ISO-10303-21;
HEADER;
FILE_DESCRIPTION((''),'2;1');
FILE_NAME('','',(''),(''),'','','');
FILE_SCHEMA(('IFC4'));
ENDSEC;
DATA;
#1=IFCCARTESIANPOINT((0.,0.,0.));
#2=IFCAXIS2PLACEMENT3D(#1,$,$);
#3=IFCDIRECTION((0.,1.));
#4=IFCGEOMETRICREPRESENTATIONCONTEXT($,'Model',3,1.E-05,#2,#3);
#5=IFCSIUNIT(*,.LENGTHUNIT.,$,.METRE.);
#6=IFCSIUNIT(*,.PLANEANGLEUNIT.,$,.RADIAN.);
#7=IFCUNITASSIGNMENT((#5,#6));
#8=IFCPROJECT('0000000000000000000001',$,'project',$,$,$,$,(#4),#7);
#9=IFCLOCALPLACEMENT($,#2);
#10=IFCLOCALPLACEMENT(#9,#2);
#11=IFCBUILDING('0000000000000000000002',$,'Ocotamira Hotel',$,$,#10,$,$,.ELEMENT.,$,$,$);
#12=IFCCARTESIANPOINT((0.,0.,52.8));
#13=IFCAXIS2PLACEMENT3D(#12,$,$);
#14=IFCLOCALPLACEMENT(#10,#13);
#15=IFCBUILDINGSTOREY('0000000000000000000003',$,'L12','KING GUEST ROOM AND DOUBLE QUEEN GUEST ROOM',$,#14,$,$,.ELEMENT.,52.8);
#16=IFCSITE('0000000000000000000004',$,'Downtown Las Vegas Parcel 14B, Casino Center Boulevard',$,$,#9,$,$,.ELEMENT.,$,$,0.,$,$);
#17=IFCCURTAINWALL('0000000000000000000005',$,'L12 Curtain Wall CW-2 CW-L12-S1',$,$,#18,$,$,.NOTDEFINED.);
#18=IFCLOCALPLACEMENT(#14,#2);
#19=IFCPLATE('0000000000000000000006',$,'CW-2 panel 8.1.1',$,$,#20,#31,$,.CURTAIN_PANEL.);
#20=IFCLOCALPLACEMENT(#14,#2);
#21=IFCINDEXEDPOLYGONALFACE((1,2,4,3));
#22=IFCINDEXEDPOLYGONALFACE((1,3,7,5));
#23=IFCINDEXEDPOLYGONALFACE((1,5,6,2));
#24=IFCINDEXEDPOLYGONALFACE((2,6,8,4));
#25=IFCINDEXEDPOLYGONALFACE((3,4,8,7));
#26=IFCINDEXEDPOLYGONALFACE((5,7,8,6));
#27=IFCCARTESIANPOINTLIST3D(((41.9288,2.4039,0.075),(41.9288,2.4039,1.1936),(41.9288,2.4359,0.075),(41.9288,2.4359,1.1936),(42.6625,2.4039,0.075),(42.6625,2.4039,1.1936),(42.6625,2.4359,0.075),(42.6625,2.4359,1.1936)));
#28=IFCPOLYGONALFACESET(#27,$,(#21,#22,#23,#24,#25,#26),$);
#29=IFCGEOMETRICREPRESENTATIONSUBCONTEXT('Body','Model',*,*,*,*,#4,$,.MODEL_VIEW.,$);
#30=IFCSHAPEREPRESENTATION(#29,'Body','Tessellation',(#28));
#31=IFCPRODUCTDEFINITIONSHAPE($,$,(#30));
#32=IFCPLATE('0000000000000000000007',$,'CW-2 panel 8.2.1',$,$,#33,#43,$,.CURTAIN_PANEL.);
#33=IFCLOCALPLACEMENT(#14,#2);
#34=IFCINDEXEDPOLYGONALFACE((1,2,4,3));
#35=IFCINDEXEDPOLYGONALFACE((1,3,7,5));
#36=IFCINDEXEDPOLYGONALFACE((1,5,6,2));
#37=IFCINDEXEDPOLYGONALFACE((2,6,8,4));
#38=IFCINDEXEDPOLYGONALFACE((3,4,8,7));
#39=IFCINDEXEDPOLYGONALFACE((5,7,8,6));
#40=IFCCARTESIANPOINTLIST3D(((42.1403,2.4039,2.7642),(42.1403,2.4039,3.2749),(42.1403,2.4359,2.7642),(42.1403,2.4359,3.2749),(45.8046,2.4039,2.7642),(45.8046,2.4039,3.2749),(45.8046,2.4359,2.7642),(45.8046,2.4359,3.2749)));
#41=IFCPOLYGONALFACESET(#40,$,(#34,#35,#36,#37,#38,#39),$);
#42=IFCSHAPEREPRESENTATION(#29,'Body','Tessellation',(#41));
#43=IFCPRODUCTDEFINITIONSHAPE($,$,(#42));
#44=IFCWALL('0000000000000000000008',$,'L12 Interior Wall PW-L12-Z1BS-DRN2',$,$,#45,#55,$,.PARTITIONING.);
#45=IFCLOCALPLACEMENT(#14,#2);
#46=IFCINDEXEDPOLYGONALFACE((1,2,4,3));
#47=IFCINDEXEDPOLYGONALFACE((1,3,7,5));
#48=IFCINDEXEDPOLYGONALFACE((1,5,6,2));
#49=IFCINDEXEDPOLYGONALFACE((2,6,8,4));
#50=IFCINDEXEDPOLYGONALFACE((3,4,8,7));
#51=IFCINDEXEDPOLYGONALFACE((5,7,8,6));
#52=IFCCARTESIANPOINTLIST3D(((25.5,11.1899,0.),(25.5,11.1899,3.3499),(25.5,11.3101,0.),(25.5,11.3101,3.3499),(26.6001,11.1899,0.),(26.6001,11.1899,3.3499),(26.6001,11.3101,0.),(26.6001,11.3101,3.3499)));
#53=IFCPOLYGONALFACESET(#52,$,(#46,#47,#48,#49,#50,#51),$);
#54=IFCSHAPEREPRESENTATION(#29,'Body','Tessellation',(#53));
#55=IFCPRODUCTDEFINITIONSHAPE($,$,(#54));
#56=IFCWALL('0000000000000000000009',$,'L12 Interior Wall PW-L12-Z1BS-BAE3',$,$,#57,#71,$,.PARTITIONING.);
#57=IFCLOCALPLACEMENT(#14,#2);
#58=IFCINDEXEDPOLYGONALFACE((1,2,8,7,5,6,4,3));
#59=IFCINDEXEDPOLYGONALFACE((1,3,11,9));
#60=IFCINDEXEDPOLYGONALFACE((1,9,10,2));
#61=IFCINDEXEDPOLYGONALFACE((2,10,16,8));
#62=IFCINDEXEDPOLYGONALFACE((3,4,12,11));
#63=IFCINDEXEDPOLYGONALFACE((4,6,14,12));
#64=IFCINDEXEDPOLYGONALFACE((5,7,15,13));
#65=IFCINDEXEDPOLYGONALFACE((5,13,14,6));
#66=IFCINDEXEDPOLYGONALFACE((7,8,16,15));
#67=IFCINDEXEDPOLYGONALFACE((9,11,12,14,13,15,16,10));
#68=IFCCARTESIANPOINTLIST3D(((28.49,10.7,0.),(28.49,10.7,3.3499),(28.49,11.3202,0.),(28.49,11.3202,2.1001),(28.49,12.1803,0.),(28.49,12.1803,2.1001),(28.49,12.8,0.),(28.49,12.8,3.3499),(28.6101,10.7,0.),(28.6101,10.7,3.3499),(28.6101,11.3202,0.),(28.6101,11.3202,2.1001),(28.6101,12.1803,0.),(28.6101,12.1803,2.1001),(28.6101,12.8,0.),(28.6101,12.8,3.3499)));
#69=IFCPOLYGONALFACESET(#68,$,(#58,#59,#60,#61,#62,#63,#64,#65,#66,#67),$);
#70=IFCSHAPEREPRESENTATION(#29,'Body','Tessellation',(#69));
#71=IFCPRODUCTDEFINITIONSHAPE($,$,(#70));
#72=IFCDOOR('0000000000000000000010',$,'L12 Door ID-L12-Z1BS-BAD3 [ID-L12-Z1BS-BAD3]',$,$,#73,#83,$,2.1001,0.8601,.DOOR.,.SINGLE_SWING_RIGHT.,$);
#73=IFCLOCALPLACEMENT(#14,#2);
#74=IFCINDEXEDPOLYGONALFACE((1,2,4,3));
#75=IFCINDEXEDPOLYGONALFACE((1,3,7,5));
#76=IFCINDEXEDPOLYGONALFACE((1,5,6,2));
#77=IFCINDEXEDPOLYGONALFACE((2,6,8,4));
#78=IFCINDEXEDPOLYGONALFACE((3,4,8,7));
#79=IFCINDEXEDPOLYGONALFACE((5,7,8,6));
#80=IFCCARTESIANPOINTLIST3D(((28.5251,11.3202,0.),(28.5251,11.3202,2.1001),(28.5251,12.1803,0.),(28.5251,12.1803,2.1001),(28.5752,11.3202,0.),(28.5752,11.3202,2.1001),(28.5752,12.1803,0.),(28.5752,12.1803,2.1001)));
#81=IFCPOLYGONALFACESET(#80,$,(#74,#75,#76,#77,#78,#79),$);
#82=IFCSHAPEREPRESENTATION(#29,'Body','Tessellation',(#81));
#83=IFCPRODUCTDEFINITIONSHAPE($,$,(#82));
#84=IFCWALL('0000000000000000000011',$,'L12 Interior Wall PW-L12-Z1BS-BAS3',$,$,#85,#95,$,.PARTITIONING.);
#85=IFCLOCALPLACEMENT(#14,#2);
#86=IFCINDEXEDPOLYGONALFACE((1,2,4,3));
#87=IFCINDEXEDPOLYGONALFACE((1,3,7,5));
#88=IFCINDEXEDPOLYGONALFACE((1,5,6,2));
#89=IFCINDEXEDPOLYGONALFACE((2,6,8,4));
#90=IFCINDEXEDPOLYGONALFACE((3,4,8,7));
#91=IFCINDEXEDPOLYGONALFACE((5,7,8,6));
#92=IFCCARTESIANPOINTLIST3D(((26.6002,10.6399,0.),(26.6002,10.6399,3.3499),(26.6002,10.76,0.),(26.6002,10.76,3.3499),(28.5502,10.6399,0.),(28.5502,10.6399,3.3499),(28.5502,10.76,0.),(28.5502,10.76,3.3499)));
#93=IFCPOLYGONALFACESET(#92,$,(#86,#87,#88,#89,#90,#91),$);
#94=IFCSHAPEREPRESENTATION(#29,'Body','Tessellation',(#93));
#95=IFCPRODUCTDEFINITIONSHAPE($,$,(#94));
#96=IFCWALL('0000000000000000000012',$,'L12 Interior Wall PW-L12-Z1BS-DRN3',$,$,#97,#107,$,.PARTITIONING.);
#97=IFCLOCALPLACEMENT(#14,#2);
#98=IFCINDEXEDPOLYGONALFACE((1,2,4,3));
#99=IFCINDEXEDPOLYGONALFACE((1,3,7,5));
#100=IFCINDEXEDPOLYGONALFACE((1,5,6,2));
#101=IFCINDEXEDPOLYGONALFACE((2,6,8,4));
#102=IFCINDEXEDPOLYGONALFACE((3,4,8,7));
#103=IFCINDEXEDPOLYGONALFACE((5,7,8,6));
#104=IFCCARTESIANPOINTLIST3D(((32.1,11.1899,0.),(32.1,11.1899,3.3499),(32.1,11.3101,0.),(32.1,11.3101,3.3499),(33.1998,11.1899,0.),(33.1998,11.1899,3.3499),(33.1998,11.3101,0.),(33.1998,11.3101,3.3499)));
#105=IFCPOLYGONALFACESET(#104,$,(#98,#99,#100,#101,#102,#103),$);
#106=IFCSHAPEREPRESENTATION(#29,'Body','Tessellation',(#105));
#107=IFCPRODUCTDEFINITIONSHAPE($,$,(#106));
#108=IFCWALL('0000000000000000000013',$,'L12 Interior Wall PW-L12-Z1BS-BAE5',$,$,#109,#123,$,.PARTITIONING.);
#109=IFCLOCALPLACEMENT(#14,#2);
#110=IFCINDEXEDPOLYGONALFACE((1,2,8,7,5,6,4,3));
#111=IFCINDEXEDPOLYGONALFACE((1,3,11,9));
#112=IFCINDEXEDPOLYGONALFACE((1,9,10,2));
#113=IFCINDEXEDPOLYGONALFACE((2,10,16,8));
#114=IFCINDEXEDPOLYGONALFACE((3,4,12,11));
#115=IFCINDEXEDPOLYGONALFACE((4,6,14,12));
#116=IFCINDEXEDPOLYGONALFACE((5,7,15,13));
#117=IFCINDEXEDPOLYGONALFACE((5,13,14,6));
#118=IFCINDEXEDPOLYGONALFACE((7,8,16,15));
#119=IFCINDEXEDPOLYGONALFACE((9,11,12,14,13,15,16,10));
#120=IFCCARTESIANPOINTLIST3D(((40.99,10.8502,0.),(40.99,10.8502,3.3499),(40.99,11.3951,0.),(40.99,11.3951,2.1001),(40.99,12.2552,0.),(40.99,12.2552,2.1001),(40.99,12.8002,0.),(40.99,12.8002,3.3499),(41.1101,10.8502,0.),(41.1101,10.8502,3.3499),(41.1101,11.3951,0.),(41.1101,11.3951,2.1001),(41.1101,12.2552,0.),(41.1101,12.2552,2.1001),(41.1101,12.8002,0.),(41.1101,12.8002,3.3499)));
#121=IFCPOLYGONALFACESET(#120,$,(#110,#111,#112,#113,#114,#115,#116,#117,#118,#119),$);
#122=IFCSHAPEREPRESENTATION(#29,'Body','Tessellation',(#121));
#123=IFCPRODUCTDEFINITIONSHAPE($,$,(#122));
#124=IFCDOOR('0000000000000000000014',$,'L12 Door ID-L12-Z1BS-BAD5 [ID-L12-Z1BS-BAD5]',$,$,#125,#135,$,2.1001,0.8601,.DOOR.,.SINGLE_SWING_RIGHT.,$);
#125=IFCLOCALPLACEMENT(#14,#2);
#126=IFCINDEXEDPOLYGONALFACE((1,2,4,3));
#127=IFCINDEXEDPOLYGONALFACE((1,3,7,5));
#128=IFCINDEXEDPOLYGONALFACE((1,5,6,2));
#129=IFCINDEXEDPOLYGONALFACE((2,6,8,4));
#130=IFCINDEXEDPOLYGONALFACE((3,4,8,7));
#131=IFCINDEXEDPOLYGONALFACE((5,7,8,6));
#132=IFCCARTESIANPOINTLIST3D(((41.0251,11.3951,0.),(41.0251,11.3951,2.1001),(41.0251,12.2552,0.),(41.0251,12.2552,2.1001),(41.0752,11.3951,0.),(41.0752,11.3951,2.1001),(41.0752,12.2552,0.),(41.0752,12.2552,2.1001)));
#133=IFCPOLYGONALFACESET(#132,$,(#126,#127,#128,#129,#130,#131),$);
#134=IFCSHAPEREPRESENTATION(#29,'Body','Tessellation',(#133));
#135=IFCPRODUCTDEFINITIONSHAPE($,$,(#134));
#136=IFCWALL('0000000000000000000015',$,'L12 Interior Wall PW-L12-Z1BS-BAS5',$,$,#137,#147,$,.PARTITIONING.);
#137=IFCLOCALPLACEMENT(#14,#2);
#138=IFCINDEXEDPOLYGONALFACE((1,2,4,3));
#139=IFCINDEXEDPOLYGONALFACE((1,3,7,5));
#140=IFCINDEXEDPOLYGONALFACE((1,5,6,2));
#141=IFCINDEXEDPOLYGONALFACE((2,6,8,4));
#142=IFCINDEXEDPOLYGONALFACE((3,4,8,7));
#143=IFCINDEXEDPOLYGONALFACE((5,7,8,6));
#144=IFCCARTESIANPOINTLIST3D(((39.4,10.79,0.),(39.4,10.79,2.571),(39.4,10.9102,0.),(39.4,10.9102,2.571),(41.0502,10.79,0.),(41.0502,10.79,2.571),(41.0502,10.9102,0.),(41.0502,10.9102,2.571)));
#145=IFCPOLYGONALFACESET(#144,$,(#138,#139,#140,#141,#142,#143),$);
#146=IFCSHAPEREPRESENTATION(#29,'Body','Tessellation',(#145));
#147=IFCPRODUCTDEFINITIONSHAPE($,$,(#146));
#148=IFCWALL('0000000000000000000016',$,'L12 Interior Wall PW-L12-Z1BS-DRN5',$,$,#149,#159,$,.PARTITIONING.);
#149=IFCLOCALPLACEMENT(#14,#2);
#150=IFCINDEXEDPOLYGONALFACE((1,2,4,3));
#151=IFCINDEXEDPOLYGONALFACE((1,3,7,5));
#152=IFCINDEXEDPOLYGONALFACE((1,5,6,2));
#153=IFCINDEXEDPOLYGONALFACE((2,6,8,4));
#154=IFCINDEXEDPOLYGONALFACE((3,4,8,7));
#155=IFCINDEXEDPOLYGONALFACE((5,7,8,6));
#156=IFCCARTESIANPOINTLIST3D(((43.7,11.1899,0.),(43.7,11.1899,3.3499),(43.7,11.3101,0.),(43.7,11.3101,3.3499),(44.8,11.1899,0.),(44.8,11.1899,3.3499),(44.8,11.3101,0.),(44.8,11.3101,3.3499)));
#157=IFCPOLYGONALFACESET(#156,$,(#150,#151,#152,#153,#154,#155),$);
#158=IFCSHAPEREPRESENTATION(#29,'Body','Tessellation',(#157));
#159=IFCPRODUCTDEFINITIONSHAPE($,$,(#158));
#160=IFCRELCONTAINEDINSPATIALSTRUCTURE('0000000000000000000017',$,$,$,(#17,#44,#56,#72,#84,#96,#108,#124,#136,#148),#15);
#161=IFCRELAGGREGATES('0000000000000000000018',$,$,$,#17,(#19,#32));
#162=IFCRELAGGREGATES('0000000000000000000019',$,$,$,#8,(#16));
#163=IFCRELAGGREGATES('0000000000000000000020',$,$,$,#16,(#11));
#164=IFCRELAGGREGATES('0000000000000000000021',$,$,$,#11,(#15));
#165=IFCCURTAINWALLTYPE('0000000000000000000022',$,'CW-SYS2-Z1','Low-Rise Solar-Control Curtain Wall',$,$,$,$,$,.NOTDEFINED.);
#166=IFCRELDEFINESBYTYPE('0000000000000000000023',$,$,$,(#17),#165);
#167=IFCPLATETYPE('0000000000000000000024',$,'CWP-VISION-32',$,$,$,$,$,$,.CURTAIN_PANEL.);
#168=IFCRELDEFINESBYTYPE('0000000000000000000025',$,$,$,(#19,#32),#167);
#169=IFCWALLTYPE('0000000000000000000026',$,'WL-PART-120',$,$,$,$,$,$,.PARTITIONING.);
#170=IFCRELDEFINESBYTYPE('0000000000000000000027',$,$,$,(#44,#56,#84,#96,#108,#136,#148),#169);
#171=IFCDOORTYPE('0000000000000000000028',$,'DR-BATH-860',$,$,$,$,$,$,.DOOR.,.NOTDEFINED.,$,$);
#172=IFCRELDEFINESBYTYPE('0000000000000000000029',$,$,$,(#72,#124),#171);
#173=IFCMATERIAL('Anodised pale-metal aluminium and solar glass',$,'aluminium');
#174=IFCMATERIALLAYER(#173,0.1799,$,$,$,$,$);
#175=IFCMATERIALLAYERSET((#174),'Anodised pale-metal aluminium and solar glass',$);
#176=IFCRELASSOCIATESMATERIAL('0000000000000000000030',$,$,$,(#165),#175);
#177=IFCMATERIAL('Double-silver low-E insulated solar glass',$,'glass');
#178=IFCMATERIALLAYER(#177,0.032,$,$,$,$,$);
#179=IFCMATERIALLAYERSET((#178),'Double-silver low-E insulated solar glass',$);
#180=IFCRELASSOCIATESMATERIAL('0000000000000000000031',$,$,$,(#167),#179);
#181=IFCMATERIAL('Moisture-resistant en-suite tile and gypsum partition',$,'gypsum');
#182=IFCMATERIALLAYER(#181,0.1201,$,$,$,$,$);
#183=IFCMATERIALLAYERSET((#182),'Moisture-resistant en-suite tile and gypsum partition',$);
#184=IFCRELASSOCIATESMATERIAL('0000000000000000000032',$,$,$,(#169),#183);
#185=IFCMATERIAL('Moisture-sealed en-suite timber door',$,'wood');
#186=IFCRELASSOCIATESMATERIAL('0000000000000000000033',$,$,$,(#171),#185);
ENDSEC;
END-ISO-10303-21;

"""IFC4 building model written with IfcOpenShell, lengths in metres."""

from ifc_helpers import new_model, si_unit, direction, frame, frame_2d, origin, origin_2d, place, context, subcontext, project, spatial, rectangle, extrude, source, transform, mapped, material, layer, layer_set, type_object, element, fill, aggregate, save


model = new_model("IFC4")

# Units and contexts
model_context = context("Model", 3, precision=1e-05, world=origin(), true_north=direction((0.0, 1.0)))
body_context = subcontext(model_context, "Body", "Model", "MODEL_VIEW")
ifc_project = project(units=[si_unit("LENGTHUNIT", "METRE"), si_unit("PLANEANGLEUNIT", "RADIAN")], contexts=[model_context])

# Site, building, storey
site_placement = place(None, origin())
site = spatial("IfcSite", under=ifc_project, at=site_placement, Name="Downtown Las Vegas Parcel 14B, Casino Center Boulevard", CompositionType="ELEMENT", RefElevation=0.0)
building_placement = place(site_placement, origin())
building = spatial("IfcBuilding", under=site, at=building_placement, Name="Ocotamira Hotel", CompositionType="ELEMENT")
storey_placement = place(building_placement, frame((0.0, 0.0, 52.8)))
storey = spatial("IfcBuildingStorey", under=building, at=storey_placement, Name="L12", Description="KING GUEST ROOM AND DOUBLE QUEEN GUEST ROOM", CompositionType="ELEMENT", Elevation=52.8)

# Curtain wall, plates
ifc_material_1 = material(Name="Anodised pale-metal aluminium and solar glass", Category="aluminium")
ifc_layer_1 = layer(ifc_material_1, 0.1799)
ifc_layer_set_1 = layer_set([ifc_layer_1], Name="Anodised pale-metal aluminium and solar glass")
curtain_wall_type = type_object("IfcCurtainWallType", Name="CW-SYS2-Z1", Description="Low-Rise Solar-Control Curtain Wall", PredefinedType="NOTDEFINED", material=ifc_layer_set_1)
curtain_wall_placement = place(storey_placement, origin())
curtain_wall = element("IfcCurtainWall", 1, at=curtain_wall_placement, inside=storey, type_object=curtain_wall_type, Name="L12 Curtain Wall CW-2 CW-L12-S1", PredefinedType="NOTDEFINED")
ifc_material_2 = material(Name="Double-silver low-E insulated solar glass", Category="glass")
ifc_layer_2 = layer(ifc_material_2, 0.032)
ifc_layer_set_2 = layer_set([ifc_layer_2], Name="Double-silver low-E insulated solar glass")
plate_type = type_object("IfcPlateType", Name="CWP-VISION-32", PredefinedType="CURTAIN_PANEL", material=ifc_layer_set_2)
shared_shape_1 = source(origin(), body_context, "Body", "SweptSolid", [
    extrude(rectangle(XDim=0.7336, YDim=0.032, at=origin_2d()), origin(), (0.0, 0.0, 1.0), 1.1187),
])
plate_1_placement = place(storey_placement, frame((42.2957, 2.4199, 0.075), z_axis=(0.0, 0.0, 1.0), x_axis=(1.0, 0.0, 0.0)))
plate_1 = element("IfcPlate", 2, at=plate_1_placement, type_object=plate_type, Name="CW-2 panel 8.1.1", PredefinedType="CURTAIN_PANEL", context=body_context, shape_type="MappedRepresentation", body=[
    mapped(shared_shape_1, transform((0.0, 0.0, 0.0), scale=1.0)),
])
shared_shape_2 = source(origin(), body_context, "Body", "SweptSolid", [
    extrude(rectangle(XDim=3.6643, YDim=0.032, at=origin_2d()), origin(), (0.0, 0.0, 1.0), 0.5107),
])
plate_2_placement = place(storey_placement, frame((43.9724, 2.4199, 2.7642), z_axis=(0.0, 0.0, 1.0), x_axis=(1.0, 0.0, 0.0)))
plate_2 = element("IfcPlate", 3, at=plate_2_placement, type_object=plate_type, Name="CW-2 panel 8.2.1", PredefinedType="CURTAIN_PANEL", context=body_context, shape_type="MappedRepresentation", body=[
    mapped(shared_shape_2, transform((0.0, 0.0, 0.0), scale=1.0)),
])
aggregate(curtain_wall, [plate_1, plate_2])

# Wall
ifc_material_3 = material(Name="Moisture-resistant en-suite tile and gypsum partition", Category="gypsum")
ifc_layer_3 = layer(ifc_material_3, 0.1201)
ifc_layer_set_3 = layer_set([ifc_layer_3], Name="Moisture-resistant en-suite tile and gypsum partition")
wall_type = type_object("IfcWallType", Name="WL-PART-120", PredefinedType="PARTITIONING", material=ifc_layer_set_3)
wall_1_placement = place(storey_placement, frame((25.5, 11.25, 0.0), z_axis=(0.0, 0.0, 1.0), x_axis=(1.0, 0.0, 0.0)))
element("IfcWall", 4, at=wall_1_placement, inside=storey, type_object=wall_type, Name="L12 Interior Wall PW-L12-Z1BS-DRN2", PredefinedType="PARTITIONING", context=body_context, shape_type="SweptSolid", body=[
    extrude(rectangle(XDim=1.1001, YDim=0.1201, at=frame_2d((0.55, 0.0))), origin(), (0.0, 0.0, 1.0), 3.3499),
])

# Wall, opening, door
wall_2_placement = place(storey_placement, frame((28.55, 10.7, 0.0), z_axis=(0.0, 0.0, 1.0), x_axis=(0.0, 1.0, 0.0)))
wall_2 = element("IfcWall", 5, at=wall_2_placement, inside=storey, type_object=wall_type, Name="L12 Interior Wall PW-L12-Z1BS-BAE3", PredefinedType="PARTITIONING", context=body_context, shape_type="SweptSolid", body=[
    extrude(rectangle(XDim=2.1001, YDim=0.1201, at=frame_2d((1.05, 0.0))), origin(), (0.0, 0.0, 1.0), 3.3499),
])
opening_1_placement = place(wall_2_placement, frame((0.6201, 0.0, 0.0)))
opening_1 = element("IfcOpeningElement", 6, at=opening_1_placement, cuts=wall_2, PredefinedType="OPENING", context=body_context, shape_type="SweptSolid", body=[
    extrude(rectangle(XDim=0.8601, YDim=2.1001, at=frame_2d((0.4302, 1.05))), frame((0.0, 0.0701, 0.0), z_axis=(0.0, -1.0, 0.0), x_axis=(1.0, 0.0, 0.0)), (0.0, 0.0, 1.0), 0.1401),
])
ifc_material_4 = material(Name="Moisture-sealed en-suite timber door", Category="wood")
door_type = type_object("IfcDoorType", Name="DR-BATH-860", OperationType="NOTDEFINED", PredefinedType="DOOR", material=ifc_material_4)
shared_shape_3 = source(origin(), body_context, "Body", "SweptSolid", [
    extrude(rectangle(XDim=0.8601, YDim=2.1001, at=frame_2d((0.4302, 1.05))), frame((0.0, 0.0249, 0.0), z_axis=(0.0, -1.0, 0.0), x_axis=(1.0, 0.0, 0.0)), (0.0, 0.0, 1.0), 0.05),
])
door_1_placement = place(opening_1_placement, origin())
door_1 = element("IfcDoor", 7, at=door_1_placement, inside=storey, type_object=door_type, Name="L12 Door ID-L12-Z1BS-BAD3 [ID-L12-Z1BS-BAD3]", OperationType="SINGLE_SWING_RIGHT", OverallHeight=2.1001, OverallWidth=0.8601, PredefinedType="DOOR", context=body_context, shape_type="MappedRepresentation", body=[
    mapped(shared_shape_3, transform((0.0, 0.0, 0.0), scale=1.0)),
])
fill(opening_1, door_1)

# Walls
wall_3_placement = place(storey_placement, frame((26.6001, 10.7, 0.0), z_axis=(0.0, 0.0, 1.0), x_axis=(1.0, 0.0, 0.0)))
element("IfcWall", 8, at=wall_3_placement, inside=storey, type_object=wall_type, Name="L12 Interior Wall PW-L12-Z1BS-BAS3", PredefinedType="PARTITIONING", context=body_context, shape_type="SweptSolid", body=[
    extrude(rectangle(XDim=1.95, YDim=0.1201, at=frame_2d((0.9751, 0.0))), origin(), (0.0, 0.0, 1.0), 3.3499),
])
wall_4_placement = place(storey_placement, frame((32.1001, 11.25, 0.0), z_axis=(0.0, 0.0, 1.0), x_axis=(1.0, 0.0, 0.0)))
element("IfcWall", 9, at=wall_4_placement, inside=storey, type_object=wall_type, Name="L12 Interior Wall PW-L12-Z1BS-DRN3", PredefinedType="PARTITIONING", context=body_context, shape_type="SweptSolid", body=[
    extrude(rectangle(XDim=1.0999, YDim=0.1201, at=frame_2d((0.5498, 0.0))), origin(), (0.0, 0.0, 1.0), 3.3499),
])

# Wall, opening, door
wall_5_placement = place(storey_placement, frame((41.05, 10.8501, 0.0), z_axis=(0.0, 0.0, 1.0), x_axis=(0.0, 1.0, 0.0)))
wall_5 = element("IfcWall", 10, at=wall_5_placement, inside=storey, type_object=wall_type, Name="L12 Interior Wall PW-L12-Z1BS-BAE5", PredefinedType="PARTITIONING", context=body_context, shape_type="SweptSolid", body=[
    extrude(rectangle(XDim=1.95, YDim=0.1201, at=frame_2d((0.9751, 0.0))), origin(), (0.0, 0.0, 1.0), 3.3499),
])
opening_2_placement = place(wall_5_placement, frame((0.5449, 0.0, 0.0)))
opening_2 = element("IfcOpeningElement", 11, at=opening_2_placement, cuts=wall_5, PredefinedType="OPENING", context=body_context, shape_type="SweptSolid", body=[
    extrude(rectangle(XDim=0.8601, YDim=2.1001, at=frame_2d((0.4302, 1.05))), frame((0.0, 0.0701, 0.0), z_axis=(0.0, -1.0, 0.0), x_axis=(1.0, 0.0, 0.0)), (0.0, 0.0, 1.0), 0.1401),
])
door_2_placement = place(opening_2_placement, origin())
door_2 = element("IfcDoor", 12, at=door_2_placement, inside=storey, type_object=door_type, Name="L12 Door ID-L12-Z1BS-BAD5 [ID-L12-Z1BS-BAD5]", OperationType="SINGLE_SWING_RIGHT", OverallHeight=2.1001, OverallWidth=0.8601, PredefinedType="DOOR", context=body_context, shape_type="MappedRepresentation", body=[
    mapped(shared_shape_3, transform((0.0, 0.0, 0.0), scale=1.0)),
])
fill(opening_2, door_2)

# Walls
wall_6_placement = place(storey_placement, frame((39.3999, 10.8501, 0.0), z_axis=(0.0, 0.0, 1.0), x_axis=(1.0, 0.0, 0.0)))
element("IfcWall", 13, at=wall_6_placement, inside=storey, type_object=wall_type, Name="L12 Interior Wall PW-L12-Z1BS-BAS5", PredefinedType="PARTITIONING", context=body_context, shape_type="SweptSolid", body=[
    extrude(rectangle(XDim=1.6501, YDim=0.1201, at=frame_2d((0.8252, 0.0))), origin(), (0.0, 0.0, 1.0), 2.571),
])
wall_7_placement = place(storey_placement, frame((43.7, 11.25, 0.0), z_axis=(0.0, 0.0, 1.0), x_axis=(1.0, 0.0, 0.0)))
element("IfcWall", 14, at=wall_7_placement, inside=storey, type_object=wall_type, Name="L12 Interior Wall PW-L12-Z1BS-DRN5", PredefinedType="PARTITIONING", context=body_context, shape_type="SweptSolid", body=[
    extrude(rectangle(XDim=1.1001, YDim=0.1201, at=frame_2d((0.55, 0.0))), origin(), (0.0, 0.0, 1.0), 3.3499),
])

save(model, "model.ifc")
